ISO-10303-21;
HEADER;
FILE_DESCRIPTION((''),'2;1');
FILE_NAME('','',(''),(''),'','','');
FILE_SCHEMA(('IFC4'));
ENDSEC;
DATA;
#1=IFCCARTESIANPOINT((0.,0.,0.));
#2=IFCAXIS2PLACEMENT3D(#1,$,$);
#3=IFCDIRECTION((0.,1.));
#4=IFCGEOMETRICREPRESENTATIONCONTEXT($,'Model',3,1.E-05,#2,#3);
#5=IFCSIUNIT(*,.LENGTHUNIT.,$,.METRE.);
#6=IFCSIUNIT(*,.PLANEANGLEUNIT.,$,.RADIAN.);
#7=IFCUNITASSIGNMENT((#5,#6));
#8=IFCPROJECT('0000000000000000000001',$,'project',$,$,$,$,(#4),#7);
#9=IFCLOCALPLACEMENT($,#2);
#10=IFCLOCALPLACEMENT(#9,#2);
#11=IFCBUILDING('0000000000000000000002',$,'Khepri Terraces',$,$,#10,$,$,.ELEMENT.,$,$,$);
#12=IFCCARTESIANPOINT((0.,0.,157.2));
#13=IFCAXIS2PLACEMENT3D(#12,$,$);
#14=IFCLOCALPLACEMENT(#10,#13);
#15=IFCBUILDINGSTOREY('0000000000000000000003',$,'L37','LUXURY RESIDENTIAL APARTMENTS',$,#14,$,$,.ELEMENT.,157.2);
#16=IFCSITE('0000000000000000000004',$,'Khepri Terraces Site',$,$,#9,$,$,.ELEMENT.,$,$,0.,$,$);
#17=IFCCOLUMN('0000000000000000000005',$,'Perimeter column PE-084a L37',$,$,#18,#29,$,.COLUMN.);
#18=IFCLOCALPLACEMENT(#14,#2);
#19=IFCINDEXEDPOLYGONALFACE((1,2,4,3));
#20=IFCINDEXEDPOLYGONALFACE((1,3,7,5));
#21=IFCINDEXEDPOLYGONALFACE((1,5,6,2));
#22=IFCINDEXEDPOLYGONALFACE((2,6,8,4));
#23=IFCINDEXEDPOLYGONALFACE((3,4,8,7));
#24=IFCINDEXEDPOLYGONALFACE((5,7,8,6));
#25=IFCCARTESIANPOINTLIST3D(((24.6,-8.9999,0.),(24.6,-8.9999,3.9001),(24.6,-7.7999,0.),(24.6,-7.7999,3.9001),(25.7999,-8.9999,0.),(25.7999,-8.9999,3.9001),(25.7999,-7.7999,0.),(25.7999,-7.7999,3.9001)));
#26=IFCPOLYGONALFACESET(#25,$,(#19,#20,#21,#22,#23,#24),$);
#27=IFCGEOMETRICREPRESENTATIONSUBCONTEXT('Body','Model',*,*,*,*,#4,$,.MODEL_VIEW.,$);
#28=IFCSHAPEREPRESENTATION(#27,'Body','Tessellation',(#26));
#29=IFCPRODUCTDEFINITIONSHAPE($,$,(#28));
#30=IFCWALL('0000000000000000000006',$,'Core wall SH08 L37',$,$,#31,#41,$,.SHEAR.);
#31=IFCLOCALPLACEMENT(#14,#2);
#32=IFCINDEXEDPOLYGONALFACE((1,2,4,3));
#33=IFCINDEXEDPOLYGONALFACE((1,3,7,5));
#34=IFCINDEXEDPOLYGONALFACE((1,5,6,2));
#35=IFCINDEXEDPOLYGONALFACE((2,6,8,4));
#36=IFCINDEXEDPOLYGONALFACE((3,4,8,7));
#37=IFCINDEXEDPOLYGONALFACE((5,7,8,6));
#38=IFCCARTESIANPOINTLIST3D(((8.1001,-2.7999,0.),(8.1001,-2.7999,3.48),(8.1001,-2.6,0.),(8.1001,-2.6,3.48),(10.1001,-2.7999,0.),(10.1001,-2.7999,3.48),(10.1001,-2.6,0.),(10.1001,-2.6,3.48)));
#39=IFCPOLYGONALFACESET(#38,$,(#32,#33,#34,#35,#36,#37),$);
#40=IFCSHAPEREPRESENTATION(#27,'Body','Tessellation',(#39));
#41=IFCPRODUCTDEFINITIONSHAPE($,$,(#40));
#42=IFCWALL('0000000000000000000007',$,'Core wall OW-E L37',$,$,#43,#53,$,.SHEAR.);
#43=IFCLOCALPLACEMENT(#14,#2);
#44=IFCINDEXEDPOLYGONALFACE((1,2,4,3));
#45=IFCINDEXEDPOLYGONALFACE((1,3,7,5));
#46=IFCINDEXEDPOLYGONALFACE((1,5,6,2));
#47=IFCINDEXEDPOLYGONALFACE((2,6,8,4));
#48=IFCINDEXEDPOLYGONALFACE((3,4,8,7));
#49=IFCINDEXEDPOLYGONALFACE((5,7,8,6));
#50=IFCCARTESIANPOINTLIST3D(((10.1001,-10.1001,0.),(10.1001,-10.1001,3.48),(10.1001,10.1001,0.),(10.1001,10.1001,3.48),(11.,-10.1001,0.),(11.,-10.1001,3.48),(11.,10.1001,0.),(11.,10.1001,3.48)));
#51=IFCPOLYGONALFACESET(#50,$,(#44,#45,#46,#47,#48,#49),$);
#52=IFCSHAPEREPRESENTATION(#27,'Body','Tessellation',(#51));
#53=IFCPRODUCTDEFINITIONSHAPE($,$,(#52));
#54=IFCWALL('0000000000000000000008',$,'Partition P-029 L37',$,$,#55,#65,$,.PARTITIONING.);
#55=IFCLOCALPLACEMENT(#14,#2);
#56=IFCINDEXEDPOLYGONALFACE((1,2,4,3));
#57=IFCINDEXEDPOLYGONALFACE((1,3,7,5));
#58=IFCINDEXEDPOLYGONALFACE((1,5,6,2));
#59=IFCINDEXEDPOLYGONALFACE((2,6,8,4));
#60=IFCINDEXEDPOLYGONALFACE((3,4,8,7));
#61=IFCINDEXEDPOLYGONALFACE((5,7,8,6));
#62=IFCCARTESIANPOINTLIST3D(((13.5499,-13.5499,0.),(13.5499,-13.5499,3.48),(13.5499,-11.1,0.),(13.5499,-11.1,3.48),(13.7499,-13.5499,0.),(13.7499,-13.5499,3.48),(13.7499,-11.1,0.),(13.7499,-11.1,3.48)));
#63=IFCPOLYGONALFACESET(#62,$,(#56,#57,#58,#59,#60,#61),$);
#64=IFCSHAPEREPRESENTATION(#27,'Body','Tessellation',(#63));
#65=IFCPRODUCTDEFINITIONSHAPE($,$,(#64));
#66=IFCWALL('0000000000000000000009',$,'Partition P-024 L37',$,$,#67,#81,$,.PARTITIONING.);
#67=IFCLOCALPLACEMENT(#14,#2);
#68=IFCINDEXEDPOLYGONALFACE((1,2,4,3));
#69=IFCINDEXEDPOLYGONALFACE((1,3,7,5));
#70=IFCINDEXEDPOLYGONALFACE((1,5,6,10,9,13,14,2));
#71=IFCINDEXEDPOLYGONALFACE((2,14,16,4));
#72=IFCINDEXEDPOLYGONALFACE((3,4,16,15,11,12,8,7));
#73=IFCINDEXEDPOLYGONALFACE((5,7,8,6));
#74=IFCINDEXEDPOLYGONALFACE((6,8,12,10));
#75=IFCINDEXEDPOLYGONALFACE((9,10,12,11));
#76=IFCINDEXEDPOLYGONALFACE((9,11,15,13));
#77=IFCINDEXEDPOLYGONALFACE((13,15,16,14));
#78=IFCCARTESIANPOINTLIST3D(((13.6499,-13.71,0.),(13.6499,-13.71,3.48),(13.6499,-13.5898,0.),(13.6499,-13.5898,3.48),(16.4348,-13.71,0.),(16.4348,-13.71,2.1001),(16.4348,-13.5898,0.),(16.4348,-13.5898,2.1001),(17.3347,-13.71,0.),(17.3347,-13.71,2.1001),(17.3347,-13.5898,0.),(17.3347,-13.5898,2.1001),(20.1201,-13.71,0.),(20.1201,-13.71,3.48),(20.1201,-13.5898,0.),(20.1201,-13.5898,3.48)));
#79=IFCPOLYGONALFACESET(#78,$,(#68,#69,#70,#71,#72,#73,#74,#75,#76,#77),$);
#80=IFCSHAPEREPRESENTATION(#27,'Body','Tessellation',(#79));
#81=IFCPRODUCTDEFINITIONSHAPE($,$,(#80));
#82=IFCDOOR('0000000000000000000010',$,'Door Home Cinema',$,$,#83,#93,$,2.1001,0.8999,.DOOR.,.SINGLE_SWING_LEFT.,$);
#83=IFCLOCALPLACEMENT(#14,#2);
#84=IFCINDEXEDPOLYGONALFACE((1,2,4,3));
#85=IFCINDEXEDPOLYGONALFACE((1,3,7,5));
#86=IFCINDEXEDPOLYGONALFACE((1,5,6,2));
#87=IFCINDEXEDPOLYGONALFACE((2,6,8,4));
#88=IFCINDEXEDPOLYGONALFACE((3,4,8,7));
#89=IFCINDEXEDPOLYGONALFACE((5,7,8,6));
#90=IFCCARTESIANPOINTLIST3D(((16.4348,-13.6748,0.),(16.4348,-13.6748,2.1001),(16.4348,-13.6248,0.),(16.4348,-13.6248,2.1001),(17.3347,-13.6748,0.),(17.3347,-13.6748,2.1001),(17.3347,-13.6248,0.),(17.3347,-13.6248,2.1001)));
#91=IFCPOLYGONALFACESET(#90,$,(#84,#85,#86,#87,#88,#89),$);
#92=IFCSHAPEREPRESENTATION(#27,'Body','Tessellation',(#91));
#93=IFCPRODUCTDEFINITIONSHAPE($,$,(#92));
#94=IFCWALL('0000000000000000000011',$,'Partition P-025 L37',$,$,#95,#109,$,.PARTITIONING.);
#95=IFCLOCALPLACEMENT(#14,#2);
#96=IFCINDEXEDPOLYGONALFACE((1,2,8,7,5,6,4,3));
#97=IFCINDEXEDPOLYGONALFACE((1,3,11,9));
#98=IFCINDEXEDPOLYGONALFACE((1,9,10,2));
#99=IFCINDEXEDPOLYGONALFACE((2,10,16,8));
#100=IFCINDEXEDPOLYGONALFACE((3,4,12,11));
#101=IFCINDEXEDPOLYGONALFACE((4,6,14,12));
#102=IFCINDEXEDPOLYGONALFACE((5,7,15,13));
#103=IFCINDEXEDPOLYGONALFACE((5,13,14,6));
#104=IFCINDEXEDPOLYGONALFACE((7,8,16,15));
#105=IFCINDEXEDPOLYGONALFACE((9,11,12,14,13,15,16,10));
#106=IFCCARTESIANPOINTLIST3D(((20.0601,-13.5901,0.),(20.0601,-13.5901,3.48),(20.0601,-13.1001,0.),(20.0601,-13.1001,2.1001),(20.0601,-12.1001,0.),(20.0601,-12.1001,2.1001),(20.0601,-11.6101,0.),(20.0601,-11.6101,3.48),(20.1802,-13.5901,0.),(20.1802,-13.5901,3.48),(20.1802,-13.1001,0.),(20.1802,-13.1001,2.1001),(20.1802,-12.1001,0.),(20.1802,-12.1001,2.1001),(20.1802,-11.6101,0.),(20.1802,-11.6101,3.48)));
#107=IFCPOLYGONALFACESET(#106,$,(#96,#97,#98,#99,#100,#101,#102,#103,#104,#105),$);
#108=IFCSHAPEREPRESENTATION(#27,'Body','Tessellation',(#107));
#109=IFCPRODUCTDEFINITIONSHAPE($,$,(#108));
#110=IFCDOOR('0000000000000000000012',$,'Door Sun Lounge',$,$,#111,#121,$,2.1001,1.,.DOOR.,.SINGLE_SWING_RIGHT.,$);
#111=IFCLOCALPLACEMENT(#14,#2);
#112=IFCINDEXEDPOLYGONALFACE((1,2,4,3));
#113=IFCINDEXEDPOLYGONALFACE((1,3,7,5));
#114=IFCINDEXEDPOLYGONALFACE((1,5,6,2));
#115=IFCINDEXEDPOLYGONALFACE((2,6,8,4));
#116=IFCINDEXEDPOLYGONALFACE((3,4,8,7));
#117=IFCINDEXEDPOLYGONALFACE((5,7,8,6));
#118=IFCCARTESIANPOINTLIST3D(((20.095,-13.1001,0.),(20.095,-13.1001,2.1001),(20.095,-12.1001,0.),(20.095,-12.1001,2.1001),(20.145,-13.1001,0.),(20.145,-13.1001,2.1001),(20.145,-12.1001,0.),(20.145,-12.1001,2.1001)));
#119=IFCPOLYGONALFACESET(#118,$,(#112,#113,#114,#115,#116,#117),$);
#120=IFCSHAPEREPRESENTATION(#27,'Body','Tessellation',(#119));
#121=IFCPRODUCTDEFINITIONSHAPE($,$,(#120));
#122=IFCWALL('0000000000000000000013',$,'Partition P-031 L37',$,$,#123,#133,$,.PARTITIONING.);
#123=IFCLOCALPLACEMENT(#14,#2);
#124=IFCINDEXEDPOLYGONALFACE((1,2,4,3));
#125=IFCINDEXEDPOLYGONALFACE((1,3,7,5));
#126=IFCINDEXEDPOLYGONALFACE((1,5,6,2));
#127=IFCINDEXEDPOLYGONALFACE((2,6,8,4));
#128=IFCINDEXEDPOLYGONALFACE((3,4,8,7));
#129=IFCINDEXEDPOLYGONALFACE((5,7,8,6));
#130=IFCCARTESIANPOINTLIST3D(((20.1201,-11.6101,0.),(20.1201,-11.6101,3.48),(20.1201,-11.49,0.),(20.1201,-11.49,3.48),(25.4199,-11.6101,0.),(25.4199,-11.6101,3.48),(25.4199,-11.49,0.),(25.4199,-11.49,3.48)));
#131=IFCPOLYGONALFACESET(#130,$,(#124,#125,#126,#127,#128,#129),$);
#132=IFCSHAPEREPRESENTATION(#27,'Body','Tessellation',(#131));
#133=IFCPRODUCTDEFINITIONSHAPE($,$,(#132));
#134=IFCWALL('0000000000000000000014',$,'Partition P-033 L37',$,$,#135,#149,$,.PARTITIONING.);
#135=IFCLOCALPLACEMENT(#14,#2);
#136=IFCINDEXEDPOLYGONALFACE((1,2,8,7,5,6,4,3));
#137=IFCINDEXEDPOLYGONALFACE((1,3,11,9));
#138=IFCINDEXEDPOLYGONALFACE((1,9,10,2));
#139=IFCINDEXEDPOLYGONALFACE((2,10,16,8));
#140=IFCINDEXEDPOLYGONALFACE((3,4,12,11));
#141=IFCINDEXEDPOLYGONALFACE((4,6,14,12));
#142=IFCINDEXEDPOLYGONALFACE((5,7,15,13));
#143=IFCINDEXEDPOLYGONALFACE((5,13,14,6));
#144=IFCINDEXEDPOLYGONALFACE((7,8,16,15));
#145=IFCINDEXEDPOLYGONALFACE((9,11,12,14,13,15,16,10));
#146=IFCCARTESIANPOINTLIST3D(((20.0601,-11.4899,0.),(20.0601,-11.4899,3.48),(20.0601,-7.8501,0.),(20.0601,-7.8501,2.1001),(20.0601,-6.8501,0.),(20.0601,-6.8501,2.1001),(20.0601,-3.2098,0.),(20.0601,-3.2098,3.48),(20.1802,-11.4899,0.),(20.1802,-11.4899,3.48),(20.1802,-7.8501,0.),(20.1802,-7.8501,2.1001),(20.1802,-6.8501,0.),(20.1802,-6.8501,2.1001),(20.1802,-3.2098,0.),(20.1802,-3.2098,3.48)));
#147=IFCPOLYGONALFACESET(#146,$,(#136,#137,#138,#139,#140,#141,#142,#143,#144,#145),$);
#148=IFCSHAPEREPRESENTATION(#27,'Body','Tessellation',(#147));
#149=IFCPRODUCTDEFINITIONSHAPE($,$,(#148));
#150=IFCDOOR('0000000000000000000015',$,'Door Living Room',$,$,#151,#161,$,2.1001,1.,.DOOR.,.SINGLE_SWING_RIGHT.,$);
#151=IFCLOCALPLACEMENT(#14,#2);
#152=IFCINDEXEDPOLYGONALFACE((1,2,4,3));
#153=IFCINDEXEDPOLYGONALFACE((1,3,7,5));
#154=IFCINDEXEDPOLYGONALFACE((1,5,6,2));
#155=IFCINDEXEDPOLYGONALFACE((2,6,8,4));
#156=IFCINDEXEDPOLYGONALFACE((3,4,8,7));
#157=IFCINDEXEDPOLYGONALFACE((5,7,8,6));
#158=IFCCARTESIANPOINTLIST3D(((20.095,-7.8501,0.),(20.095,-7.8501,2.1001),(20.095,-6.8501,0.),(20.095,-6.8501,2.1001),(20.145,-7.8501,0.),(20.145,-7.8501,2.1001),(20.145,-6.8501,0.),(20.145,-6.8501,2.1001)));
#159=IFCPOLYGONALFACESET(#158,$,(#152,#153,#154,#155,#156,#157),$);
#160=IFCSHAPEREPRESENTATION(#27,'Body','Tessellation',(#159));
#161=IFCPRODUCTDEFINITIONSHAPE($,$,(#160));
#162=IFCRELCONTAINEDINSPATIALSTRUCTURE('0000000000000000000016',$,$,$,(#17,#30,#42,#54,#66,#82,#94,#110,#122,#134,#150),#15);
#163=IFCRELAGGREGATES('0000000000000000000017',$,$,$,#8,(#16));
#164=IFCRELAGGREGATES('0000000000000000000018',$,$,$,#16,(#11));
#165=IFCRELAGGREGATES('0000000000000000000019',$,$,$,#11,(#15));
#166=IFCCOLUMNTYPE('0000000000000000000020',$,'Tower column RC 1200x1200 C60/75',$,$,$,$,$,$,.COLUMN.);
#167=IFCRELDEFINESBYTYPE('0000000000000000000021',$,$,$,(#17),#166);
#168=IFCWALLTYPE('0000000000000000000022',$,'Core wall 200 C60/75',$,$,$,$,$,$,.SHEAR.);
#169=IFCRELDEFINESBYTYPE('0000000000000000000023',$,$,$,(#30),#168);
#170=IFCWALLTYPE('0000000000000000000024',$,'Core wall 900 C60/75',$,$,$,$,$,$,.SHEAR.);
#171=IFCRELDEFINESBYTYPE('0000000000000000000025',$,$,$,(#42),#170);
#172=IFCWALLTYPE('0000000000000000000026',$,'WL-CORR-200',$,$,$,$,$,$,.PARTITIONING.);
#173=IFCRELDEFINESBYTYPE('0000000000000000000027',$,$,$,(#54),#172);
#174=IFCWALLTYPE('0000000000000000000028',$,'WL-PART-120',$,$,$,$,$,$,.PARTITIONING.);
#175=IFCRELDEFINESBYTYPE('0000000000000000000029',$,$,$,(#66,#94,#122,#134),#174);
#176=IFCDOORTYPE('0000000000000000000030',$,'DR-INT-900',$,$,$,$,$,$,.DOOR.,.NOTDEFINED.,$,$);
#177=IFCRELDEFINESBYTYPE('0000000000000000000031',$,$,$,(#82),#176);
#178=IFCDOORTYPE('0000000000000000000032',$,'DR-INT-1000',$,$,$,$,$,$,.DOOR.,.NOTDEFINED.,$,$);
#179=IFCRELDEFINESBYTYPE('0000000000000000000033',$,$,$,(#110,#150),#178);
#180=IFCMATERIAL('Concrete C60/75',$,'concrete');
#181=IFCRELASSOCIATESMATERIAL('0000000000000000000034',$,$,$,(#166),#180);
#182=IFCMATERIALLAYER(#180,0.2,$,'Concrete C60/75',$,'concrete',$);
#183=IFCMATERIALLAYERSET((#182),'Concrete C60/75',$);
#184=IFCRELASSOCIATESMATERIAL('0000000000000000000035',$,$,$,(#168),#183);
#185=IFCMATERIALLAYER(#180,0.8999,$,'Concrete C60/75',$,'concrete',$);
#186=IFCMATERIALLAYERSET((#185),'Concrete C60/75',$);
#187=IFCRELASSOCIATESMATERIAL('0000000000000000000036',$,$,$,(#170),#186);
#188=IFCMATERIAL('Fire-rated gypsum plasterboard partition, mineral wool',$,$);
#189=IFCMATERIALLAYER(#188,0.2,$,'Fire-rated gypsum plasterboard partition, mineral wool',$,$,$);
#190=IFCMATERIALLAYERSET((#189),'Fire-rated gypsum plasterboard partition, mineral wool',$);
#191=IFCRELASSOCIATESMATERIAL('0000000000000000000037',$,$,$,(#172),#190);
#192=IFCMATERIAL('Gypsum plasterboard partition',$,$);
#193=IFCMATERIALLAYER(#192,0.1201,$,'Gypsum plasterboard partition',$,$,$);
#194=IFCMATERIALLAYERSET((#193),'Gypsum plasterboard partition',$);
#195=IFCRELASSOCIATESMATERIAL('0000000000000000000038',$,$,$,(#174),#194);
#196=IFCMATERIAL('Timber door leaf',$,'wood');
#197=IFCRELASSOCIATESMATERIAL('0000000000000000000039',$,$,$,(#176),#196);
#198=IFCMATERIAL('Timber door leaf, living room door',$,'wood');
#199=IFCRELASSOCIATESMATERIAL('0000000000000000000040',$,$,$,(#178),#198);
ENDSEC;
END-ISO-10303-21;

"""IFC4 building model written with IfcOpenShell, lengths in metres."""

from ifc_helpers import new_model, si_unit, direction, frame, frame_2d, origin, origin_2d, place, context, subcontext, project, spatial, rectangle, extrude, material, layer, layer_set, material_profile, profile_set, type_object, element, fill, save


model = new_model("IFC4")

# Units and contexts
model_context = context("Model", 3, precision=1e-05, world=origin(), true_north=direction((0.0, 1.0)))
body_context = subcontext(model_context, "Body", "Model", "MODEL_VIEW")
ifc_project = project(units=[si_unit("LENGTHUNIT", "METRE"), si_unit("PLANEANGLEUNIT", "RADIAN")], contexts=[model_context])

# Site, building, storey
site_placement = place(None, origin())
site = spatial("IfcSite", under=ifc_project, at=site_placement, Name="Khepri Terraces Site", CompositionType="ELEMENT", RefElevation=0.0)
building_placement = place(site_placement, origin())
building = spatial("IfcBuilding", under=site, at=building_placement, Name="Khepri Terraces", CompositionType="ELEMENT")
storey_placement = place(building_placement, frame((0.0, 0.0, 157.2)))
storey = spatial("IfcBuildingStorey", under=building, at=storey_placement, Name="L37", Description="LUXURY RESIDENTIAL APARTMENTS", CompositionType="ELEMENT", Elevation=157.2)

# Column
ifc_material_1 = material(Name="Concrete C60/75", Category="concrete")
ifc_material_profile = material_profile(ifc_material_1, rectangle(XDim=1.2, YDim=1.2, at=origin_2d()), Name="Concrete C60/75", Category="concrete")
ifc_profile_set = profile_set([ifc_material_profile], Name="Concrete C60/75")
column_type = type_object("IfcColumnType", Name="Tower column RC 1200x1200 C60/75", PredefinedType="COLUMN", material=ifc_profile_set)
column_placement = place(storey_placement, frame((25.2, -8.3999, 0.0), z_axis=(0.0, 0.0, 1.0), x_axis=(1.0, 0.0, 0.0)))
element("IfcColumn", 1, at=column_placement, inside=storey, type_object=column_type, Name="Perimeter column PE-084a L37", PredefinedType="COLUMN", context=body_context, shape_type="SweptSolid", body=[
    extrude(rectangle(XDim=1.2, YDim=1.2, at=origin_2d()), origin(), (0.0, 0.0, 1.0), 3.9001),
])

# Walls
ifc_layer_1 = layer(ifc_material_1, 0.2, Name="Concrete C60/75", Category="concrete")
ifc_layer_set_1 = layer_set([ifc_layer_1], Name="Concrete C60/75")
wall_type_1 = type_object("IfcWallType", Name="Core wall 200 C60/75", PredefinedType="SHEAR", material=ifc_layer_set_1)
wall_1_placement = place(storey_placement, frame((8.1001, -2.7, 0.0), z_axis=(0.0, 0.0, 1.0), x_axis=(1.0, 0.0, 0.0)))
element("IfcWall", 2, at=wall_1_placement, inside=storey, type_object=wall_type_1, Name="Core wall SH08 L37", PredefinedType="SHEAR", context=body_context, shape_type="SweptSolid", body=[
    extrude(rectangle(XDim=2.0, YDim=0.2, at=frame_2d((1.0, 0.0))), origin(), (0.0, 0.0, 1.0), 3.48),
])
ifc_layer_2 = layer(ifc_material_1, 0.8999, Name="Concrete C60/75", Category="concrete")
ifc_layer_set_2 = layer_set([ifc_layer_2], Name="Concrete C60/75")
wall_type_2 = type_object("IfcWallType", Name="Core wall 900 C60/75", PredefinedType="SHEAR", material=ifc_layer_set_2)
wall_2_placement = place(storey_placement, frame((10.55, -10.1001, 0.0), z_axis=(0.0, 0.0, 1.0), x_axis=(0.0, 1.0, 0.0)))
element("IfcWall", 3, at=wall_2_placement, inside=storey, type_object=wall_type_2, Name="Core wall OW-E L37", PredefinedType="SHEAR", context=body_context, shape_type="SweptSolid", body=[
    extrude(rectangle(XDim=20.2002, YDim=0.8999, at=frame_2d((10.1001, 0.0))), origin(), (0.0, 0.0, 1.0), 3.48),
])
ifc_material_2 = material(Name="Fire-rated gypsum plasterboard partition, mineral wool")
ifc_layer_3 = layer(ifc_material_2, 0.2, Name="Fire-rated gypsum plasterboard partition, mineral wool")
ifc_layer_set_3 = layer_set([ifc_layer_3], Name="Fire-rated gypsum plasterboard partition, mineral wool")
wall_type_3 = type_object("IfcWallType", Name="WL-CORR-200", PredefinedType="PARTITIONING", material=ifc_layer_set_3)
wall_3_placement = place(storey_placement, frame((13.6499, -13.55, 0.0), z_axis=(0.0, 0.0, 1.0), x_axis=(0.0, 1.0, 0.0)))
element("IfcWall", 4, at=wall_3_placement, inside=storey, type_object=wall_type_3, Name="Partition P-029 L37", PredefinedType="PARTITIONING", context=body_context, shape_type="SweptSolid", body=[
    extrude(rectangle(XDim=2.45, YDim=0.2, at=frame_2d((1.2251, 0.0))), origin(), (0.0, 0.0, 1.0), 3.48),
])

# Walls, openings, doors
ifc_material_3 = material(Name="Gypsum plasterboard partition")
ifc_layer_4 = layer(ifc_material_3, 0.1201, Name="Gypsum plasterboard partition")
ifc_layer_set_4 = layer_set([ifc_layer_4], Name="Gypsum plasterboard partition")
wall_type_4 = type_object("IfcWallType", Name="WL-PART-120", PredefinedType="PARTITIONING", material=ifc_layer_set_4)
wall_4_placement = place(storey_placement, frame((13.6499, -13.6499, 0.0), z_axis=(0.0, 0.0, 1.0), x_axis=(1.0, 0.0, 0.0)))
wall_4 = element("IfcWall", 5, at=wall_4_placement, inside=storey, type_object=wall_type_4, Name="Partition P-024 L37", PredefinedType="PARTITIONING", context=body_context, shape_type="SweptSolid", body=[
    extrude(rectangle(XDim=6.4702, YDim=0.1201, at=frame_2d((3.2351, 0.0))), origin(), (0.0, 0.0, 1.0), 3.48),
])
opening_1_placement = place(wall_4_placement, frame((2.7849, 0.0, 0.0)))
opening_1 = element("IfcOpeningElement", 6, at=opening_1_placement, cuts=wall_4, PredefinedType="OPENING", context=body_context, shape_type="SweptSolid", body=[
    extrude(rectangle(XDim=0.8999, YDim=2.1001, at=frame_2d((0.45, 1.05))), frame((0.0, 0.0701, 0.0), z_axis=(0.0, -1.0, 0.0), x_axis=(1.0, 0.0, 0.0)), (0.0, 0.0, 1.0), 0.1401),
])
ifc_material_4 = material(Name="Timber door leaf", Category="wood")
door_type_1 = type_object("IfcDoorType", Name="DR-INT-900", OperationType="NOTDEFINED", PredefinedType="DOOR", material=ifc_material_4)
door_1_placement = place(opening_1_placement, frame((0.8999, 0.0, 0.0), z_axis=(0.0, 0.0, 1.0), x_axis=(-1.0, 0.0, 0.0)))
door_1 = element("IfcDoor", 7, at=door_1_placement, inside=storey, type_object=door_type_1, Name="Door Home Cinema", OperationType="SINGLE_SWING_LEFT", OverallHeight=2.1001, OverallWidth=0.8999, PredefinedType="DOOR", context=body_context, shape_type="SweptSolid", body=[
    extrude(rectangle(XDim=0.8999, YDim=2.1001, at=frame_2d((0.45, 1.05))), frame((0.0, 0.0249, 0.0), z_axis=(0.0, -1.0, 0.0), x_axis=(1.0, 0.0, 0.0)), (0.0, 0.0, 1.0), 0.05),
])
fill(opening_1, door_1)
wall_5_placement = place(storey_placement, frame((20.1201, -13.5901, 0.0), z_axis=(0.0, 0.0, 1.0), x_axis=(0.0, 1.0, 0.0)))
wall_5 = element("IfcWall", 8, at=wall_5_placement, inside=storey, type_object=wall_type_4, Name="Partition P-025 L37", PredefinedType="PARTITIONING", context=body_context, shape_type="SweptSolid", body=[
    extrude(rectangle(XDim=1.98, YDim=0.1201, at=frame_2d((0.99, 0.0))), origin(), (0.0, 0.0, 1.0), 3.48),
])
opening_2_placement = place(wall_5_placement, frame((0.49, 0.0, 0.0)))
opening_2 = element("IfcOpeningElement", 9, at=opening_2_placement, cuts=wall_5, PredefinedType="OPENING", context=body_context, shape_type="SweptSolid", body=[
    extrude(rectangle(XDim=1.0, YDim=2.1001, at=frame_2d((0.5, 1.05))), frame((0.0, 0.0701, 0.0), z_axis=(0.0, -1.0, 0.0), x_axis=(1.0, 0.0, 0.0)), (0.0, 0.0, 1.0), 0.1401),
])
ifc_material_5 = material(Name="Timber door leaf, living room door", Category="wood")
door_type_2 = type_object("IfcDoorType", Name="DR-INT-1000", OperationType="NOTDEFINED", PredefinedType="DOOR", material=ifc_material_5)
door_2_placement = place(opening_2_placement, frame((1.0, 0.0, 0.0), z_axis=(0.0, 0.0, 1.0), x_axis=(-1.0, 0.0, 0.0)))
door_2 = element("IfcDoor", 10, at=door_2_placement, inside=storey, type_object=door_type_2, Name="Door Sun Lounge", OperationType="SINGLE_SWING_RIGHT", OverallHeight=2.1001, OverallWidth=1.0, PredefinedType="DOOR", context=body_context, shape_type="SweptSolid", body=[
    extrude(rectangle(XDim=1.0, YDim=2.1001, at=frame_2d((0.5, 1.05))), frame((0.0, 0.0249, 0.0), z_axis=(0.0, -1.0, 0.0), x_axis=(1.0, 0.0, 0.0)), (0.0, 0.0, 1.0), 0.05),
])
fill(opening_2, door_2)

# Wall
wall_6_placement = place(storey_placement, frame((20.1201, -11.55, 0.0), z_axis=(0.0, 0.0, 1.0), x_axis=(1.0, 0.0, 0.0)))
element("IfcWall", 11, at=wall_6_placement, inside=storey, type_object=wall_type_4, Name="Partition P-031 L37", PredefinedType="PARTITIONING", context=body_context, shape_type="SweptSolid", body=[
    extrude(rectangle(XDim=5.2998, YDim=0.1201, at=frame_2d((2.6499, 0.0))), origin(), (0.0, 0.0, 1.0), 3.48),
])

# Wall, opening, door
wall_7_placement = place(storey_placement, frame((20.1201, -11.49, 0.0), z_axis=(0.0, 0.0, 1.0), x_axis=(0.0, 1.0, 0.0)))
wall_7 = element("IfcWall", 12, at=wall_7_placement, inside=storey, type_object=wall_type_4, Name="Partition P-033 L37", PredefinedType="PARTITIONING", context=body_context, shape_type="SweptSolid", body=[
    extrude(rectangle(XDim=8.28, YDim=0.1201, at=frame_2d((4.1401, 0.0))), origin(), (0.0, 0.0, 1.0), 3.48),
])
opening_3_placement = place(wall_7_placement, frame((3.6399, 0.0, 0.0)))
opening_3 = element("IfcOpeningElement", 13, at=opening_3_placement, cuts=wall_7, PredefinedType="OPENING", context=body_context, shape_type="SweptSolid", body=[
    extrude(rectangle(XDim=1.0, YDim=2.1001, at=frame_2d((0.5, 1.05))), frame((0.0, 0.0701, 0.0), z_axis=(0.0, -1.0, 0.0), x_axis=(1.0, 0.0, 0.0)), (0.0, 0.0, 1.0), 0.1401),
])
door_3_placement = place(opening_3_placement, frame((1.0, 0.0, 0.0), z_axis=(0.0, 0.0, 1.0), x_axis=(-1.0, 0.0, 0.0)))
door_3 = element("IfcDoor", 14, at=door_3_placement, inside=storey, type_object=door_type_2, Name="Door Living Room", OperationType="SINGLE_SWING_RIGHT", OverallHeight=2.1001, OverallWidth=1.0, PredefinedType="DOOR", context=body_context, shape_type="SweptSolid", body=[
    extrude(rectangle(XDim=1.0, YDim=2.1001, at=frame_2d((0.5, 1.05))), frame((0.0, 0.0249, 0.0), z_axis=(0.0, -1.0, 0.0), x_axis=(1.0, 0.0, 0.0)), (0.0, 0.0, 1.0), 0.05),
])
fill(opening_3, door_3)

save(model, "model.ifc")
